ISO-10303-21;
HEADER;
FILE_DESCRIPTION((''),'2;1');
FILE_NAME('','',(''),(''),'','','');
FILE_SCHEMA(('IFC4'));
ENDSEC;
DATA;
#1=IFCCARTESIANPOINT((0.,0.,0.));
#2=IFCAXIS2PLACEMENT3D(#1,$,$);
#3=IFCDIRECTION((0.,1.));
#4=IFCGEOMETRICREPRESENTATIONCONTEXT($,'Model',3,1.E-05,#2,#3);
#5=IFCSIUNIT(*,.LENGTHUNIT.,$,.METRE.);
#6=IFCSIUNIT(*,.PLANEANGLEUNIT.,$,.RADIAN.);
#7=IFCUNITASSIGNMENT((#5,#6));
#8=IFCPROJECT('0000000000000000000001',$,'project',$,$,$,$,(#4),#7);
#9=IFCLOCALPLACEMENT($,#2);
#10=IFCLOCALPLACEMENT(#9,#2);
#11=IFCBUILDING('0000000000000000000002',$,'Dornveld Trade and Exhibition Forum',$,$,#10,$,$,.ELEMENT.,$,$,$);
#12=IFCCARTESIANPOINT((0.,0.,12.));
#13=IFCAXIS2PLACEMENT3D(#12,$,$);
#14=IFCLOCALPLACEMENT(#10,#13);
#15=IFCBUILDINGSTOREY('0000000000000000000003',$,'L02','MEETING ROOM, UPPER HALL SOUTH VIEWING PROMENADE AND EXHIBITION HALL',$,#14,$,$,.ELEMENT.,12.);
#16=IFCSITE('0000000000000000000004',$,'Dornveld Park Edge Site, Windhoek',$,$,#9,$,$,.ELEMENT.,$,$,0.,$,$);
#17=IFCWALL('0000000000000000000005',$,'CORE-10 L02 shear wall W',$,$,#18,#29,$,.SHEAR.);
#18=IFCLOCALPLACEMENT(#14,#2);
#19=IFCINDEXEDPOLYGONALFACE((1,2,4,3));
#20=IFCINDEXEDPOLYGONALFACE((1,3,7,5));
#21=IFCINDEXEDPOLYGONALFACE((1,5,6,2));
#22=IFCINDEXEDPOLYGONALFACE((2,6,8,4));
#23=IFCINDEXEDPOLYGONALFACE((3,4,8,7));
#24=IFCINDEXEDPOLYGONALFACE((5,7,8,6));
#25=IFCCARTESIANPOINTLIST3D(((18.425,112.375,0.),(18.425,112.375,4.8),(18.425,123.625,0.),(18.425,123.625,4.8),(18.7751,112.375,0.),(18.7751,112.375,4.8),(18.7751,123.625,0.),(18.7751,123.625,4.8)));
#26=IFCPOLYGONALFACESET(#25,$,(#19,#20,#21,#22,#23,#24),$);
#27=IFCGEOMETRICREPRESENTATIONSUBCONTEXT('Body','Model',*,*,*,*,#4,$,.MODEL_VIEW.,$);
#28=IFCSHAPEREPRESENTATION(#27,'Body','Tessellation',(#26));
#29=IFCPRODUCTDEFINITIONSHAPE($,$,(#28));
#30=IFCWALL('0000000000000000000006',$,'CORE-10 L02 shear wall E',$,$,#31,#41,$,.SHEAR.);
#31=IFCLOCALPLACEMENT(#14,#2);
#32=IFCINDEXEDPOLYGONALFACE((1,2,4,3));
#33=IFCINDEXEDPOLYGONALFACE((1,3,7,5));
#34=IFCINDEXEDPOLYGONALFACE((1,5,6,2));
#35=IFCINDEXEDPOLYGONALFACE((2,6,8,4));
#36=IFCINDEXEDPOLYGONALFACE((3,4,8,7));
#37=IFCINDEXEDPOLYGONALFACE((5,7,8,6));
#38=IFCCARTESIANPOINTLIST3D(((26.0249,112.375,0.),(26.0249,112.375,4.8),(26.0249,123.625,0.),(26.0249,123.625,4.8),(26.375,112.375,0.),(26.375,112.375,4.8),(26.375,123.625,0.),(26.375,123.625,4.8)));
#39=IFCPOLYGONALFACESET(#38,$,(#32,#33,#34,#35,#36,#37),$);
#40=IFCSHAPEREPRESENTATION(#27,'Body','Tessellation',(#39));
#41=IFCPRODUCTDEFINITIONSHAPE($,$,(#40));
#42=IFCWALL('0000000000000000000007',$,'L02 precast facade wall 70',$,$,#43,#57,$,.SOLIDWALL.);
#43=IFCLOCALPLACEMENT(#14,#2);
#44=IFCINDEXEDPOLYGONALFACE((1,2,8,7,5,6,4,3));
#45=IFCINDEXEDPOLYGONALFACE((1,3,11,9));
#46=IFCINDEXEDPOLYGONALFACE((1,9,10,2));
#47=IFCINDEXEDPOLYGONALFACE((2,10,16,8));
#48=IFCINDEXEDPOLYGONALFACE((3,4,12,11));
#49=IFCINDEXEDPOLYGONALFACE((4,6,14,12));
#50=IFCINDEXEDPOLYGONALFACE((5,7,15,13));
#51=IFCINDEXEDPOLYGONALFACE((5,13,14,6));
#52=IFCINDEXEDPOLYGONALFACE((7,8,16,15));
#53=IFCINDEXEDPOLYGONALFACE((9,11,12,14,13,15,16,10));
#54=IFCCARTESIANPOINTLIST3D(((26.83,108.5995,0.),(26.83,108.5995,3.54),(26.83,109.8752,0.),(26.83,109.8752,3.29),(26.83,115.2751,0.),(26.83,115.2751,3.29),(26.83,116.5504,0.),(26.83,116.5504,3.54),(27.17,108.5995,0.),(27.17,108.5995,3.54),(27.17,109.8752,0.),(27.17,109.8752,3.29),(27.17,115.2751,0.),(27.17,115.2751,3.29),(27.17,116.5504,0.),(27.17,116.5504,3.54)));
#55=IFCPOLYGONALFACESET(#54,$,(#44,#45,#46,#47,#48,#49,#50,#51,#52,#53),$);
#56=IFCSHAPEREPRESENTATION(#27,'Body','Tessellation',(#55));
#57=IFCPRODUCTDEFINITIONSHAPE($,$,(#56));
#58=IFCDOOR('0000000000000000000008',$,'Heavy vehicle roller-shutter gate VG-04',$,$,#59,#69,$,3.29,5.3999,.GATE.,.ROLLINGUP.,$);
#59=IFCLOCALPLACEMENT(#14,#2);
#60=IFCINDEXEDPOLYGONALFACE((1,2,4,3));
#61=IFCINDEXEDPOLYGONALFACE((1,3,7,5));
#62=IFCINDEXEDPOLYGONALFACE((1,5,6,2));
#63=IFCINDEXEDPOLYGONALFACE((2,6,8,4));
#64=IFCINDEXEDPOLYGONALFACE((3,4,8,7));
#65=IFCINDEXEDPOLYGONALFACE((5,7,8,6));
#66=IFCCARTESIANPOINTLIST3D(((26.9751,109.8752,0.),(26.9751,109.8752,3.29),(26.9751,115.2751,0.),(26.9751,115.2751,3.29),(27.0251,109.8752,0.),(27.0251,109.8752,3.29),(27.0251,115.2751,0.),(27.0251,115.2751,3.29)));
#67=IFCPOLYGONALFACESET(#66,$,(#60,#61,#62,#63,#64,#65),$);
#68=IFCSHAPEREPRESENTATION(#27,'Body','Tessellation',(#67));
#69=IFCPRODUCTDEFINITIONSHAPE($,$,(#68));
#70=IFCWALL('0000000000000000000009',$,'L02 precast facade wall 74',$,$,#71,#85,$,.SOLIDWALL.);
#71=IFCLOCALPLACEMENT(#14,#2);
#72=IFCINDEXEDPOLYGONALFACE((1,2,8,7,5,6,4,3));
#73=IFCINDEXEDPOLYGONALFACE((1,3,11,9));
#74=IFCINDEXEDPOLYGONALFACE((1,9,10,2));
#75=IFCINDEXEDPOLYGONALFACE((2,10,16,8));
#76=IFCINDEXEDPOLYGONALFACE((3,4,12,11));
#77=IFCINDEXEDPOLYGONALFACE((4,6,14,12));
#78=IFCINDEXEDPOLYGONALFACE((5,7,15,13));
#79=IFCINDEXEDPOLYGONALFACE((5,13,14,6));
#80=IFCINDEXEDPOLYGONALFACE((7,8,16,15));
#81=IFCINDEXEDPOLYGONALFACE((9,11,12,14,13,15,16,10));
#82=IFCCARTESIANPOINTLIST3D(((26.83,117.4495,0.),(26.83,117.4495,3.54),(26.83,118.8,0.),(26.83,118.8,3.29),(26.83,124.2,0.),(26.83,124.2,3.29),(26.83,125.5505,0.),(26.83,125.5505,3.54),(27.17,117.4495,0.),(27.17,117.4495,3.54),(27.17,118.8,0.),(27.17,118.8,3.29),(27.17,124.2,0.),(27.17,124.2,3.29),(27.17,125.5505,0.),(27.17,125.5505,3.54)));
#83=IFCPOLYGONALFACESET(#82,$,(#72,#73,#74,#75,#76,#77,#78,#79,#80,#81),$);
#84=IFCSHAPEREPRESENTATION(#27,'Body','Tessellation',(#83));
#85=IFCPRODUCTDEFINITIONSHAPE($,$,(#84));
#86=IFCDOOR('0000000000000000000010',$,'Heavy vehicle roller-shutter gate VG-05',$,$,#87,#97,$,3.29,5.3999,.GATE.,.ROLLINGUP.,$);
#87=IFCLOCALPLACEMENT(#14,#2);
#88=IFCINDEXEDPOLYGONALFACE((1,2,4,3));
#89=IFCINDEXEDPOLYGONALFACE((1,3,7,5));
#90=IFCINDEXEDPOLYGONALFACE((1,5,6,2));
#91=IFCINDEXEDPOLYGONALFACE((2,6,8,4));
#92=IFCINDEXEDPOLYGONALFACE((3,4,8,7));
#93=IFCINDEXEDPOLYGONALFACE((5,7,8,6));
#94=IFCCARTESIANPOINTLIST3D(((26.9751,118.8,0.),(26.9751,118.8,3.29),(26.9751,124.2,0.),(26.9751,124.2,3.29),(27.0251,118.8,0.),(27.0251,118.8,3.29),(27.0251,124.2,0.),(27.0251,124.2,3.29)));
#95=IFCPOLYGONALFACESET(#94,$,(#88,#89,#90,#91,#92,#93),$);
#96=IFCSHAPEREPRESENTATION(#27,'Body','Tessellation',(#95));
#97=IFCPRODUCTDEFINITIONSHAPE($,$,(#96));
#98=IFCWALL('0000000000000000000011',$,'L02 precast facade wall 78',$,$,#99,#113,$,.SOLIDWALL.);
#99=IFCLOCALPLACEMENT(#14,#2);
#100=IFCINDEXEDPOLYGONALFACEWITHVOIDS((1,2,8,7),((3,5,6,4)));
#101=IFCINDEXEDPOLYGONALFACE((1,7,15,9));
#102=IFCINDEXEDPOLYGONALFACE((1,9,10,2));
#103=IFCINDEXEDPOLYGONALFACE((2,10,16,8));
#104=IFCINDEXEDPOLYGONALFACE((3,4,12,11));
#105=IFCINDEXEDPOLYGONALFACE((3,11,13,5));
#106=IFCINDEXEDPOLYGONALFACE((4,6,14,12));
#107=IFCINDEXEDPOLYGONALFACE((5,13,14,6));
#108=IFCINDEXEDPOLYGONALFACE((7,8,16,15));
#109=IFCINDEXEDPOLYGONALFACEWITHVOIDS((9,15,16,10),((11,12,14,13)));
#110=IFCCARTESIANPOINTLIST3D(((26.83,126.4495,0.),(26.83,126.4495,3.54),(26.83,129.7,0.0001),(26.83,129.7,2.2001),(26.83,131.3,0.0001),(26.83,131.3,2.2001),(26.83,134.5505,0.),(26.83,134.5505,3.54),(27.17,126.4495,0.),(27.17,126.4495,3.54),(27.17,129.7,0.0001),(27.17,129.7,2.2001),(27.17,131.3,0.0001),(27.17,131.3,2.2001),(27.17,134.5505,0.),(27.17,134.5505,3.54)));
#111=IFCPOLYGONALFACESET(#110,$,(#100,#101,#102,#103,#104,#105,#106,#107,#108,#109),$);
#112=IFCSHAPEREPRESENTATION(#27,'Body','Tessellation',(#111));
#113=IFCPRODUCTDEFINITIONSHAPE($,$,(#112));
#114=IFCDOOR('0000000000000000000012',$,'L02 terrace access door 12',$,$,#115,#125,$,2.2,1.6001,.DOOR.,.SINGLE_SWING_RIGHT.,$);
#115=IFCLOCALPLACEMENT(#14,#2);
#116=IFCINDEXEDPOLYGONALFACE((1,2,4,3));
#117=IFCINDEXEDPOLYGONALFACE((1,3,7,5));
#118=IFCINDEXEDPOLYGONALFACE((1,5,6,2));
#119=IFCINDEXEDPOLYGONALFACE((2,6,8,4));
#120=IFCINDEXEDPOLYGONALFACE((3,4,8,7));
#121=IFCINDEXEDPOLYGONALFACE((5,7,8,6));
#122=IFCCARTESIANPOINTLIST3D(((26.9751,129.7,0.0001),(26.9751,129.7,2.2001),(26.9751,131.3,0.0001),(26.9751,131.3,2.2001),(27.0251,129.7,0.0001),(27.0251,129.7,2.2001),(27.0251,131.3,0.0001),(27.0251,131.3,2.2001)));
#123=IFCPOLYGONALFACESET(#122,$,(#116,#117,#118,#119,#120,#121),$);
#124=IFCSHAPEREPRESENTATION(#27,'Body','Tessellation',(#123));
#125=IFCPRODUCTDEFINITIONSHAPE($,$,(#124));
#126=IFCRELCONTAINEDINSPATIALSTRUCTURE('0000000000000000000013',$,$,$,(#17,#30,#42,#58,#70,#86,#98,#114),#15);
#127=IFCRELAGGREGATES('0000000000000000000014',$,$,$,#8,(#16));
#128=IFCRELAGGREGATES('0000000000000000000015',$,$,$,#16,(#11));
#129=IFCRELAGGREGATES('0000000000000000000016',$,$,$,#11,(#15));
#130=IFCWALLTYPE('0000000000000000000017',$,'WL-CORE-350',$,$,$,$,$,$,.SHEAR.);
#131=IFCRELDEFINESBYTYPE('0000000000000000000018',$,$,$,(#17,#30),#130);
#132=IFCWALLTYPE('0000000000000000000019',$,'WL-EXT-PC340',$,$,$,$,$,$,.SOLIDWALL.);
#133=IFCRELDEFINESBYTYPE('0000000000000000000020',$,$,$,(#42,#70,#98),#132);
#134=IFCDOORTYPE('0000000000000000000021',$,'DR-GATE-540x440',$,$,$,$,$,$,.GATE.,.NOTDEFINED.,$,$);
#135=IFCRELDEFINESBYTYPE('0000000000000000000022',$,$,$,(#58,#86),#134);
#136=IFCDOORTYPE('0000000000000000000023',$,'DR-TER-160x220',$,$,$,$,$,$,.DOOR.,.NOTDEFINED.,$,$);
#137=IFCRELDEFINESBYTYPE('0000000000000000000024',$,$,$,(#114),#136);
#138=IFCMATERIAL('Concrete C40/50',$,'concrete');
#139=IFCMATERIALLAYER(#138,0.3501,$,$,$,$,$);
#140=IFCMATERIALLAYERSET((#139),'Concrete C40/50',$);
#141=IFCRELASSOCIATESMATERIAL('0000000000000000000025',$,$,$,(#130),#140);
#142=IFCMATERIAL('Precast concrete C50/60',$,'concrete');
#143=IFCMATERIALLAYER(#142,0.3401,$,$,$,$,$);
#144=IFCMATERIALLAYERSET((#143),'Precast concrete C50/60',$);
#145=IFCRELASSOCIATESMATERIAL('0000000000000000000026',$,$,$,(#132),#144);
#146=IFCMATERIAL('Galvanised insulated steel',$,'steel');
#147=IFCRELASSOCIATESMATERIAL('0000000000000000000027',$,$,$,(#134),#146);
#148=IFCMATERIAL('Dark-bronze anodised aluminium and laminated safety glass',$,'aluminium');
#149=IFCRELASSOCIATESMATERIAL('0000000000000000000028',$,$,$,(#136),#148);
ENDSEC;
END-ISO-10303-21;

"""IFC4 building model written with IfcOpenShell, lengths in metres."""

from ifc_helpers import new_model, si_unit, direction, frame, frame_2d, origin, place, context, subcontext, project, spatial, rectangle, extrude, material, layer, layer_set, type_object, element, fill, save


model = new_model("IFC4")

# Units and contexts
model_context = context("Model", 3, precision=1e-05, world=origin(), true_north=direction((0.0, 1.0)))
body_context = subcontext(model_context, "Body", "Model", "MODEL_VIEW")
ifc_project = project(units=[si_unit("LENGTHUNIT", "METRE"), si_unit("PLANEANGLEUNIT", "RADIAN")], contexts=[model_context])

# Site, building, storey
site_placement = place(None, origin())
site = spatial("IfcSite", under=ifc_project, at=site_placement, Name="Dornveld Park Edge Site, Windhoek", CompositionType="ELEMENT", RefElevation=0.0)
building_placement = place(site_placement, origin())
building = spatial("IfcBuilding", under=site, at=building_placement, Name="Dornveld Trade and Exhibition Forum", CompositionType="ELEMENT")
storey_placement = place(building_placement, frame((0.0, 0.0, 12.0)))
storey = spatial("IfcBuildingStorey", under=building, at=storey_placement, Name="L02", Description="MEETING ROOM, UPPER HALL SOUTH VIEWING PROMENADE AND EXHIBITION HALL", CompositionType="ELEMENT", Elevation=12.0)

# Shared definitions
ifc_material_1 = material(Name="Concrete C40/50", Category="concrete")
ifc_layer_1 = layer(ifc_material_1, 0.3501)
ifc_layer_set_1 = layer_set([ifc_layer_1], Name="Concrete C40/50")
wall_type_1 = type_object("IfcWallType", Name="WL-CORE-350", PredefinedType="SHEAR", material=ifc_layer_set_1)

# Walls
for number, where, z_axis, x_axis, name in (
    (1, (18.6001, 112.375, 0.0), (0.0, 0.0, 1.0), (0.0, 1.0, 0.0), "CORE-10 L02 shear wall W"),
    (2, (26.2, 112.375, 0.0), (0.0, 0.0, 1.0), (0.0, 1.0, 0.0), "CORE-10 L02 shear wall E"),
):
    element("IfcWall", number, at=place(storey_placement, frame(where, z_axis=z_axis, x_axis=x_axis)), inside=storey, type_object=wall_type_1, Name=name, PredefinedType="SHEAR", context=body_context, shape_type="SweptSolid", body=[
        extrude(rectangle(XDim=11.25, YDim=0.3501, at=frame_2d((5.625, 0.0))), origin(), (0.0, 0.0, 1.0), 4.8),
    ])

# Walls, openings, doors
ifc_material_2 = material(Name="Precast concrete C50/60", Category="concrete")
ifc_layer_2 = layer(ifc_material_2, 0.3401)
ifc_layer_set_2 = layer_set([ifc_layer_2], Name="Precast concrete C50/60")
wall_type_2 = type_object("IfcWallType", Name="WL-EXT-PC340", PredefinedType="SOLIDWALL", material=ifc_layer_set_2)
wall_1_placement = place(storey_placement, frame((27.0, 116.5505, 0.0), z_axis=(0.0, 0.0, 1.0), x_axis=(0.0, -1.0, 0.0)))
wall_1 = element("IfcWall", 3, at=wall_1_placement, inside=storey, type_object=wall_type_2, Name="L02 precast facade wall 70", PredefinedType="SOLIDWALL", context=body_context, shape_type="SweptSolid", body=[
    extrude(rectangle(XDim=7.9509, YDim=0.3401, at=frame_2d((3.9756, 0.0))), origin(), (0.0, 0.0, 1.0), 3.54),
])
opening_1_placement = place(wall_1_placement, frame((1.2754, 0.0, 0.0)))
opening_1 = element("IfcOpeningElement", 4, at=opening_1_placement, cuts=wall_1, PredefinedType="OPENING", context=body_context, shape_type="SweptSolid", body=[
    extrude(rectangle(XDim=5.3999, YDim=3.29, at=frame_2d((2.7, 1.645))), frame((0.0, 0.1799, 0.0), z_axis=(0.0, -1.0, 0.0), x_axis=(1.0, 0.0, 0.0)), (0.0, 0.0, 1.0), 0.3601),
])
ifc_material_3 = material(Name="Galvanised insulated steel", Category="steel")
door_type_1 = type_object("IfcDoorType", Name="DR-GATE-540x440", OperationType="NOTDEFINED", PredefinedType="GATE", material=ifc_material_3)
door_1_placement = place(opening_1_placement, frame((5.3999, 0.0, 0.0), z_axis=(0.0, 0.0, 1.0), x_axis=(-1.0, 0.0, 0.0)))
door_1 = element("IfcDoor", 5, at=door_1_placement, inside=storey, type_object=door_type_1, Name="Heavy vehicle roller-shutter gate VG-04", OperationType="ROLLINGUP", OverallHeight=3.29, OverallWidth=5.3999, PredefinedType="GATE", context=body_context, shape_type="SweptSolid", body=[
    extrude(rectangle(XDim=5.3999, YDim=3.29, at=frame_2d((2.7, 1.645))), frame((0.0, 0.0249, 0.0), z_axis=(0.0, -1.0, 0.0), x_axis=(1.0, 0.0, 0.0)), (0.0, 0.0, 1.0), 0.05),
])
fill(opening_1, door_1)
wall_2_placement = place(storey_placement, frame((27.0, 125.5505, 0.0), z_axis=(0.0, 0.0, 1.0), x_axis=(0.0, -1.0, 0.0)))
wall_2 = element("IfcWall", 6, at=wall_2_placement, inside=storey, type_object=wall_type_2, Name="L02 precast facade wall 74", PredefinedType="SOLIDWALL", context=body_context, shape_type="SweptSolid", body=[
    extrude(rectangle(XDim=8.1011, YDim=0.3401, at=frame_2d((4.0505, 0.0))), origin(), (0.0, 0.0, 1.0), 3.54),
])
opening_2_placement = place(wall_2_placement, frame((1.3506, 0.0, 0.0)))
opening_2 = element("IfcOpeningElement", 7, at=opening_2_placement, cuts=wall_2, PredefinedType="OPENING", context=body_context, shape_type="SweptSolid", body=[
    extrude(rectangle(XDim=5.3999, YDim=3.29, at=frame_2d((2.7, 1.645))), frame((0.0, 0.1799, 0.0), z_axis=(0.0, -1.0, 0.0), x_axis=(1.0, 0.0, 0.0)), (0.0, 0.0, 1.0), 0.3601),
])
door_2_placement = place(opening_2_placement, frame((5.3999, 0.0, 0.0), z_axis=(0.0, 0.0, 1.0), x_axis=(-1.0, 0.0, 0.0)))
door_2 = element("IfcDoor", 8, at=door_2_placement, inside=storey, type_object=door_type_1, Name="Heavy vehicle roller-shutter gate VG-05", OperationType="ROLLINGUP", OverallHeight=3.29, OverallWidth=5.3999, PredefinedType="GATE", context=body_context, shape_type="SweptSolid", body=[
    extrude(rectangle(XDim=5.3999, YDim=3.29, at=frame_2d((2.7, 1.645))), frame((0.0, 0.0249, 0.0), z_axis=(0.0, -1.0, 0.0), x_axis=(1.0, 0.0, 0.0)), (0.0, 0.0, 1.0), 0.05),
])
fill(opening_2, door_2)
wall_3_placement = place(storey_placement, frame((27.0, 134.5505, 0.0), z_axis=(0.0, 0.0, 1.0), x_axis=(0.0, -1.0, 0.0)))
wall_3 = element("IfcWall", 9, at=wall_3_placement, inside=storey, type_object=wall_type_2, Name="L02 precast facade wall 78", PredefinedType="SOLIDWALL", context=body_context, shape_type="SweptSolid", body=[
    extrude(rectangle(XDim=8.1011, YDim=0.3401, at=frame_2d((4.0505, 0.0))), origin(), (0.0, 0.0, 1.0), 3.54),
])
opening_3_placement = place(wall_3_placement, frame((3.2505, 0.0, 0.0)))
opening_3 = element("IfcOpeningElement", 10, at=opening_3_placement, cuts=wall_3, PredefinedType="OPENING", context=body_context, shape_type="SweptSolid", body=[
    extrude(rectangle(XDim=1.6001, YDim=2.2, at=frame_2d((0.8, 1.1001))), frame((0.0, 0.1799, 0.0), z_axis=(0.0, -1.0, 0.0), x_axis=(1.0, 0.0, 0.0)), (0.0, 0.0, 1.0), 0.3601),
])
ifc_material_4 = material(Name="Dark-bronze anodised aluminium and laminated safety glass", Category="aluminium")
door_type_2 = type_object("IfcDoorType", Name="DR-TER-160x220", OperationType="NOTDEFINED", PredefinedType="DOOR", material=ifc_material_4)
door_3_placement = place(opening_3_placement, frame((1.6001, 0.0, 0.0), z_axis=(0.0, 0.0, 1.0), x_axis=(-1.0, 0.0, 0.0)))
door_3 = element("IfcDoor", 11, at=door_3_placement, inside=storey, type_object=door_type_2, Name="L02 terrace access door 12", OperationType="SINGLE_SWING_RIGHT", OverallHeight=2.2, OverallWidth=1.6001, PredefinedType="DOOR", context=body_context, shape_type="SweptSolid", body=[
    extrude(rectangle(XDim=1.6001, YDim=2.2, at=frame_2d((0.8, 1.1001))), frame((0.0, 0.0249, 0.0), z_axis=(0.0, -1.0, 0.0), x_axis=(1.0, 0.0, 0.0)), (0.0, 0.0, 1.0), 0.05),
])
fill(opening_3, door_3)

save(model, "model.ifc")
